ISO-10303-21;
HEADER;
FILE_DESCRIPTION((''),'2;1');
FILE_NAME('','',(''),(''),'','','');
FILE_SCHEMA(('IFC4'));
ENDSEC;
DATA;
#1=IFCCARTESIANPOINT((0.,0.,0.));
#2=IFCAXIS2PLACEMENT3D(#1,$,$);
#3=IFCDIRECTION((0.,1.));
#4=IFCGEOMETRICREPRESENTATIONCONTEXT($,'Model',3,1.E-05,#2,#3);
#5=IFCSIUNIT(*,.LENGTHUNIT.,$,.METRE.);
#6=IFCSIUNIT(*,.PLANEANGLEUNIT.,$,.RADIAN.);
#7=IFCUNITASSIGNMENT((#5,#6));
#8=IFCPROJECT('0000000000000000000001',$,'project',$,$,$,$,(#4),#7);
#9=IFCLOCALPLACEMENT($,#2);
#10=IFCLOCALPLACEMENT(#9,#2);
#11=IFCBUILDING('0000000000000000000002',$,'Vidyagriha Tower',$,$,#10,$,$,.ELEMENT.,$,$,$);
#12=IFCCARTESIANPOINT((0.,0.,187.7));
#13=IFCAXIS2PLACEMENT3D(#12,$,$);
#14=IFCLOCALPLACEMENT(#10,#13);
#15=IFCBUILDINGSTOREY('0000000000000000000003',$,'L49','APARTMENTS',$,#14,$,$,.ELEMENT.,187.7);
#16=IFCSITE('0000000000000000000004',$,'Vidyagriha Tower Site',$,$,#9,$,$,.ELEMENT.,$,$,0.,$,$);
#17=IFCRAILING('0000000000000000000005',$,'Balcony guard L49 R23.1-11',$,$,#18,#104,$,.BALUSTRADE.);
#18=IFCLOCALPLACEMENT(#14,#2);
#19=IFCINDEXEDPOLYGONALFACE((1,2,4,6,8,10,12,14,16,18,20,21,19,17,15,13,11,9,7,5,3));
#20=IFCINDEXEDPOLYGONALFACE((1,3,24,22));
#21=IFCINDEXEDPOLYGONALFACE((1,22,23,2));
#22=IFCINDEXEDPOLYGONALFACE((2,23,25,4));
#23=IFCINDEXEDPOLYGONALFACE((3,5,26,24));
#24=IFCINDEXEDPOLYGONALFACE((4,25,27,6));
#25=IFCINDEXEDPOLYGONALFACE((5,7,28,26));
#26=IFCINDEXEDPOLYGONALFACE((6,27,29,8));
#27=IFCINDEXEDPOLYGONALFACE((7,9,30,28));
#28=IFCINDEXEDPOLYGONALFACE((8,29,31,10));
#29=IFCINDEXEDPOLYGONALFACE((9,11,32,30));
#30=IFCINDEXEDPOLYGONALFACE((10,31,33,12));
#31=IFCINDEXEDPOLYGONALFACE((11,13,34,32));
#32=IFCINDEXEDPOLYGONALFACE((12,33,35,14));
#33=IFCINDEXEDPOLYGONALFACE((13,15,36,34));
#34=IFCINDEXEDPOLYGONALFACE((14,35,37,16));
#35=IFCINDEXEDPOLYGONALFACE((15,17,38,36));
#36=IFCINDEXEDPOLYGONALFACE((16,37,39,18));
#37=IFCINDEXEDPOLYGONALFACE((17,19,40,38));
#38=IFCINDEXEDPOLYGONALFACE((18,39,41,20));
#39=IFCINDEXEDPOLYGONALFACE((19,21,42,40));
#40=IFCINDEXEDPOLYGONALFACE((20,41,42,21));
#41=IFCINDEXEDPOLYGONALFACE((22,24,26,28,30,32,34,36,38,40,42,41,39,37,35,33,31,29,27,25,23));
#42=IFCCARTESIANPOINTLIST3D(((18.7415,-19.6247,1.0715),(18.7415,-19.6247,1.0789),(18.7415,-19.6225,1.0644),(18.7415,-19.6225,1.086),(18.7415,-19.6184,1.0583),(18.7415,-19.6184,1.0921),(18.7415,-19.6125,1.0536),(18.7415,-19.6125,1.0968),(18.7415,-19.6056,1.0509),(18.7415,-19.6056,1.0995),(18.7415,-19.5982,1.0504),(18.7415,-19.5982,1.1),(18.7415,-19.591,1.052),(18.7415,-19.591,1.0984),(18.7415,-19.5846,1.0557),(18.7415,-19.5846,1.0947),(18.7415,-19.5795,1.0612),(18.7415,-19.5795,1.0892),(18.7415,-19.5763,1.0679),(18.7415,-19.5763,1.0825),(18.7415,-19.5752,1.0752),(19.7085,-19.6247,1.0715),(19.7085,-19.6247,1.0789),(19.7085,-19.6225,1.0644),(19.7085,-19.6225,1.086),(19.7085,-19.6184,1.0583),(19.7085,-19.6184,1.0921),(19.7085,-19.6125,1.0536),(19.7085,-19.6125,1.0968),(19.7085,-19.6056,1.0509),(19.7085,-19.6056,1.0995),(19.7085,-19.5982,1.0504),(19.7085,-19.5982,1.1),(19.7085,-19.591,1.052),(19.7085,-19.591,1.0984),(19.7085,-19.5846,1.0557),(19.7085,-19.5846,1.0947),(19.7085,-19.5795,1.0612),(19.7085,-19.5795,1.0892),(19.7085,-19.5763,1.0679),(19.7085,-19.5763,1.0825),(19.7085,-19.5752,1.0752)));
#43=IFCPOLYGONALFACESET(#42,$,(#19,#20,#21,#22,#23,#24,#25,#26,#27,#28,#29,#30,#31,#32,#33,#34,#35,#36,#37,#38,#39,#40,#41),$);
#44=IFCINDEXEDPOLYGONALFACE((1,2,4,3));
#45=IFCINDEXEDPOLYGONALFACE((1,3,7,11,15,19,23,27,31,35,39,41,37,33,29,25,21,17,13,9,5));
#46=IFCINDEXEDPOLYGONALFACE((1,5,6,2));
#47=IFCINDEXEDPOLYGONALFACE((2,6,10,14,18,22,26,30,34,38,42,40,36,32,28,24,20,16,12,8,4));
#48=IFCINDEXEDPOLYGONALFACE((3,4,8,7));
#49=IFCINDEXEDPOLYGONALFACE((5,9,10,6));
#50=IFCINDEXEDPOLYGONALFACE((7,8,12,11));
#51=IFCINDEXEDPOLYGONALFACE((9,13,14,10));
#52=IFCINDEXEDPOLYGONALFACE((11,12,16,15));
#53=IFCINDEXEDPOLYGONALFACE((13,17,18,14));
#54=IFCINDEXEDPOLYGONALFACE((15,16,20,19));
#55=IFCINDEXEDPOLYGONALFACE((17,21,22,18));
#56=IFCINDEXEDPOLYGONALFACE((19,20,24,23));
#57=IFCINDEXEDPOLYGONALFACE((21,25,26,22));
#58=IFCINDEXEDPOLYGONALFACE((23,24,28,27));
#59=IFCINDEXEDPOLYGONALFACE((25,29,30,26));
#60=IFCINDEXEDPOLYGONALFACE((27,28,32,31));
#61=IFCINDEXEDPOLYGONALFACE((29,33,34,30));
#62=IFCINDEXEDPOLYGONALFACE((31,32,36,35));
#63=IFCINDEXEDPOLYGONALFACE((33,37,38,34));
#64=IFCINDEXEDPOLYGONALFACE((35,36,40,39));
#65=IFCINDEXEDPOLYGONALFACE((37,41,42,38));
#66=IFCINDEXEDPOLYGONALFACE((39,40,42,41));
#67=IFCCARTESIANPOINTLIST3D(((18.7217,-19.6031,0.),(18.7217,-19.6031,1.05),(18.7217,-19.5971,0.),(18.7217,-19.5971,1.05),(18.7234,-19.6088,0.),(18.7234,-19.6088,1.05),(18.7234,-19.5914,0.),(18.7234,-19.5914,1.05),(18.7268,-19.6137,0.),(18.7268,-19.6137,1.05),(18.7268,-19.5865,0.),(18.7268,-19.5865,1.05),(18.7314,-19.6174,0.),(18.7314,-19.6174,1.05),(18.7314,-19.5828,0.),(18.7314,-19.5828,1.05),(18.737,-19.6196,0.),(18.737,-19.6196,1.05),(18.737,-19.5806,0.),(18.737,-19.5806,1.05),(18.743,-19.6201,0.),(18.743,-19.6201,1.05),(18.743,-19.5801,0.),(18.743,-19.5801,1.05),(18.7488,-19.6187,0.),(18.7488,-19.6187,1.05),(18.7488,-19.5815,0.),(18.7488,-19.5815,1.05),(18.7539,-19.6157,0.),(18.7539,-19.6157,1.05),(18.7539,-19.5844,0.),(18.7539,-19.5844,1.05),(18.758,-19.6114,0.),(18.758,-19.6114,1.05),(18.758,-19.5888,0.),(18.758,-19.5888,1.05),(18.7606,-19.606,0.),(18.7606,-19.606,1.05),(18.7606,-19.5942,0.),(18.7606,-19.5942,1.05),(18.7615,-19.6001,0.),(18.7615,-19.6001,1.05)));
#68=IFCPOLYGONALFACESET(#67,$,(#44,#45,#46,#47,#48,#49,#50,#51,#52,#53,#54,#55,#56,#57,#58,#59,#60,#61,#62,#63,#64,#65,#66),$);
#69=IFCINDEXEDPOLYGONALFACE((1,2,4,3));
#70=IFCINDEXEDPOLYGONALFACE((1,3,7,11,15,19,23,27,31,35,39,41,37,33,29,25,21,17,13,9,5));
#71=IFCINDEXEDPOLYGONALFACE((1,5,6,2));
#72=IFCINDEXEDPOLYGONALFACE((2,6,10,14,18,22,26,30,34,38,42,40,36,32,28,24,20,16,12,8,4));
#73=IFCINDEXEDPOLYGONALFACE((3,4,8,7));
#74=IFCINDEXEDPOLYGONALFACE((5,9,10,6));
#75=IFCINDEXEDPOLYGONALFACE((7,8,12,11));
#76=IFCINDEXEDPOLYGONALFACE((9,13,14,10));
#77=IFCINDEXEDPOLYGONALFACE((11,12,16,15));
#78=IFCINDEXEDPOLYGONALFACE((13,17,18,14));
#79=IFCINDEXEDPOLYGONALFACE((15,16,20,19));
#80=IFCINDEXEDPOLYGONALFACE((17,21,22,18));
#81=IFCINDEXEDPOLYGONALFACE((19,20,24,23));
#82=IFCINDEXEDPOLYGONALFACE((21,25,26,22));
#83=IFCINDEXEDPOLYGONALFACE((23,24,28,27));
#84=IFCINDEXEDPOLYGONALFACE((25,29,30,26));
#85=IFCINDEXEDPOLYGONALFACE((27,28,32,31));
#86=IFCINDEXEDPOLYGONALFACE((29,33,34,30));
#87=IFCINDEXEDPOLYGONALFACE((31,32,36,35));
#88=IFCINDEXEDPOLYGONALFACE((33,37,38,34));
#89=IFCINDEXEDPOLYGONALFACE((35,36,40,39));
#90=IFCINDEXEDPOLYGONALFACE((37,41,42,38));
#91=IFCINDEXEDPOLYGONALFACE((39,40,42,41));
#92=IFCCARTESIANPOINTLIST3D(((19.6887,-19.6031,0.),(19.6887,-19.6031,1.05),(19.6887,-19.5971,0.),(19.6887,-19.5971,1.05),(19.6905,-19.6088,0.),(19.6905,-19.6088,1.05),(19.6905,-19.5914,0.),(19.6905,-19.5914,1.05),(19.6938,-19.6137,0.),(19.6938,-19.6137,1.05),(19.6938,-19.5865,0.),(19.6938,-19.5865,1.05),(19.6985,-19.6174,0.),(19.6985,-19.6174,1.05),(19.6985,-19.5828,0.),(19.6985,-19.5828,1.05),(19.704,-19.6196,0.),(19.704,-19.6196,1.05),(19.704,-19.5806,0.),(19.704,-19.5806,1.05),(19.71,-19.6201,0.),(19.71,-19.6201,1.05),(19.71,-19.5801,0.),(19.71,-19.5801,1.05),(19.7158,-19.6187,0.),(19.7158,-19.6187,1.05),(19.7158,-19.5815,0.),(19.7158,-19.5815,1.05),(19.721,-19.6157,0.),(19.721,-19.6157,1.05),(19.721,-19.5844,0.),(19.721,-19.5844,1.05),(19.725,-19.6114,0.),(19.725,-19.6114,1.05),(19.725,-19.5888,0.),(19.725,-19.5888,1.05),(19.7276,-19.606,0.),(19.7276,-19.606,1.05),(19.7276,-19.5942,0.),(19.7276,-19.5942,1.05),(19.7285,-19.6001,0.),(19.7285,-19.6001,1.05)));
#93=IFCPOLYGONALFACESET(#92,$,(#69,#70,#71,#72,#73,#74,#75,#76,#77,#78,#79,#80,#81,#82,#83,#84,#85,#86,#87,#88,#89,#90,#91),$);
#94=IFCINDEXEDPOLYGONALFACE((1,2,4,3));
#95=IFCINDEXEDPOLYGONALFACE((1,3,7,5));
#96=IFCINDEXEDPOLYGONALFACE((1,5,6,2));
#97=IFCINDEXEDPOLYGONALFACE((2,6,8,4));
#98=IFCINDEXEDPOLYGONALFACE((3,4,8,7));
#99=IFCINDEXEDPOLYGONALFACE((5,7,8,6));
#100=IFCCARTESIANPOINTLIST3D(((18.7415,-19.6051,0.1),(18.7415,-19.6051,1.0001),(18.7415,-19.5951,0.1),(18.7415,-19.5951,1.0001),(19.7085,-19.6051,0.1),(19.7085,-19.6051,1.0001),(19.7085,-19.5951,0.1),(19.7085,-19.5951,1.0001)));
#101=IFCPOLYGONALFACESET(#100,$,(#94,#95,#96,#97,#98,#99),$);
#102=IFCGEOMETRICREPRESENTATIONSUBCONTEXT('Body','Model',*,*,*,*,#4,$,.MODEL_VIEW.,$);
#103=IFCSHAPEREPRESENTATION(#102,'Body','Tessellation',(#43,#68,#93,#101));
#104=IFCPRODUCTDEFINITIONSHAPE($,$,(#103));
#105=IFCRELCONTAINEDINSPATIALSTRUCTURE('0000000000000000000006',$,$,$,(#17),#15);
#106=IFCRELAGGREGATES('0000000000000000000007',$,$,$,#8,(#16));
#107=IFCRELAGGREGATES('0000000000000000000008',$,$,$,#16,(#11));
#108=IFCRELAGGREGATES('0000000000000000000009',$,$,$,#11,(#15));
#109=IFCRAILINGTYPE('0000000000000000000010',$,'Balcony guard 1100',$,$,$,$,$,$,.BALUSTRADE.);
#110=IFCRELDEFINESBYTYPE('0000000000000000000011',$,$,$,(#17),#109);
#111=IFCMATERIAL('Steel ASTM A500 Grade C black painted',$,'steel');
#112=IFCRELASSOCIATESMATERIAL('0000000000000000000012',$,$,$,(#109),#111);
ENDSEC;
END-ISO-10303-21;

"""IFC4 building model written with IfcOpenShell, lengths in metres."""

from ifc_helpers import new_model, si_unit, direction, frame, origin, origin_2d, place, context, subcontext, project, spatial, rectangle, circle, extrude, material, type_object, element, save


model = new_model("IFC4")

# Units and contexts
model_context = context("Model", 3, precision=1e-05, world=origin(), true_north=direction((0.0, 1.0)))
body_context = subcontext(model_context, "Body", "Model", "MODEL_VIEW")
ifc_project = project(units=[si_unit("LENGTHUNIT", "METRE"), si_unit("PLANEANGLEUNIT", "RADIAN")], contexts=[model_context])

# Site, building, storey
site_placement = place(None, origin())
site = spatial("IfcSite", under=ifc_project, at=site_placement, Name="Vidyagriha Tower Site", CompositionType="ELEMENT", RefElevation=0.0)
building_placement = place(site_placement, origin())
building = spatial("IfcBuilding", under=site, at=building_placement, Name="Vidyagriha Tower", CompositionType="ELEMENT")
storey_placement = place(building_placement, frame((0.0, 0.0, 187.7)))
storey = spatial("IfcBuildingStorey", under=building, at=storey_placement, Name="L49", Description="APARTMENTS", CompositionType="ELEMENT", Elevation=187.7)

# Railing
ifc_material_1 = material(Name="Steel ASTM A500 Grade C black painted", Category="steel")
railing_type = type_object("IfcRailingType", Name="Balcony guard 1100", PredefinedType="BALUSTRADE", material=ifc_material_1)
railing_1_placement = place(storey_placement, frame((18.7415, -19.6001, 0.0)))
element("IfcRailing", 1, at=railing_1_placement, inside=storey, type_object=railing_type, Name="Balcony guard L49 R23.1-11", PredefinedType="BALUSTRADE", context=body_context, shape_type="SweptSolid", body=[
    extrude(circle(Radius=0.0249, at=origin_2d()), frame((0.0, 0.0, 1.0752), z_axis=(1.0, 0.0, 0.0), x_axis=(0.0, 1.0, 0.0)), (0.0, 0.0, 1.0), 0.967),
    extrude(circle(Radius=0.02, at=origin_2d()), origin(), (0.0, 0.0, 1.0), 1.05),
    extrude(circle(Radius=0.02, at=origin_2d()), frame((0.967, 0.0, 0.0)), (0.0, 0.0, 1.0), 1.05),
    extrude(rectangle(XDim=0.01, YDim=0.9001, at=origin_2d()), frame((0.0, 0.0, 0.55), z_axis=(1.0, 0.0, 0.0), x_axis=(0.0, 1.0, 0.0)), (0.0, 0.0, 1.0), 0.967),
])

save(model, "model.ifc")
